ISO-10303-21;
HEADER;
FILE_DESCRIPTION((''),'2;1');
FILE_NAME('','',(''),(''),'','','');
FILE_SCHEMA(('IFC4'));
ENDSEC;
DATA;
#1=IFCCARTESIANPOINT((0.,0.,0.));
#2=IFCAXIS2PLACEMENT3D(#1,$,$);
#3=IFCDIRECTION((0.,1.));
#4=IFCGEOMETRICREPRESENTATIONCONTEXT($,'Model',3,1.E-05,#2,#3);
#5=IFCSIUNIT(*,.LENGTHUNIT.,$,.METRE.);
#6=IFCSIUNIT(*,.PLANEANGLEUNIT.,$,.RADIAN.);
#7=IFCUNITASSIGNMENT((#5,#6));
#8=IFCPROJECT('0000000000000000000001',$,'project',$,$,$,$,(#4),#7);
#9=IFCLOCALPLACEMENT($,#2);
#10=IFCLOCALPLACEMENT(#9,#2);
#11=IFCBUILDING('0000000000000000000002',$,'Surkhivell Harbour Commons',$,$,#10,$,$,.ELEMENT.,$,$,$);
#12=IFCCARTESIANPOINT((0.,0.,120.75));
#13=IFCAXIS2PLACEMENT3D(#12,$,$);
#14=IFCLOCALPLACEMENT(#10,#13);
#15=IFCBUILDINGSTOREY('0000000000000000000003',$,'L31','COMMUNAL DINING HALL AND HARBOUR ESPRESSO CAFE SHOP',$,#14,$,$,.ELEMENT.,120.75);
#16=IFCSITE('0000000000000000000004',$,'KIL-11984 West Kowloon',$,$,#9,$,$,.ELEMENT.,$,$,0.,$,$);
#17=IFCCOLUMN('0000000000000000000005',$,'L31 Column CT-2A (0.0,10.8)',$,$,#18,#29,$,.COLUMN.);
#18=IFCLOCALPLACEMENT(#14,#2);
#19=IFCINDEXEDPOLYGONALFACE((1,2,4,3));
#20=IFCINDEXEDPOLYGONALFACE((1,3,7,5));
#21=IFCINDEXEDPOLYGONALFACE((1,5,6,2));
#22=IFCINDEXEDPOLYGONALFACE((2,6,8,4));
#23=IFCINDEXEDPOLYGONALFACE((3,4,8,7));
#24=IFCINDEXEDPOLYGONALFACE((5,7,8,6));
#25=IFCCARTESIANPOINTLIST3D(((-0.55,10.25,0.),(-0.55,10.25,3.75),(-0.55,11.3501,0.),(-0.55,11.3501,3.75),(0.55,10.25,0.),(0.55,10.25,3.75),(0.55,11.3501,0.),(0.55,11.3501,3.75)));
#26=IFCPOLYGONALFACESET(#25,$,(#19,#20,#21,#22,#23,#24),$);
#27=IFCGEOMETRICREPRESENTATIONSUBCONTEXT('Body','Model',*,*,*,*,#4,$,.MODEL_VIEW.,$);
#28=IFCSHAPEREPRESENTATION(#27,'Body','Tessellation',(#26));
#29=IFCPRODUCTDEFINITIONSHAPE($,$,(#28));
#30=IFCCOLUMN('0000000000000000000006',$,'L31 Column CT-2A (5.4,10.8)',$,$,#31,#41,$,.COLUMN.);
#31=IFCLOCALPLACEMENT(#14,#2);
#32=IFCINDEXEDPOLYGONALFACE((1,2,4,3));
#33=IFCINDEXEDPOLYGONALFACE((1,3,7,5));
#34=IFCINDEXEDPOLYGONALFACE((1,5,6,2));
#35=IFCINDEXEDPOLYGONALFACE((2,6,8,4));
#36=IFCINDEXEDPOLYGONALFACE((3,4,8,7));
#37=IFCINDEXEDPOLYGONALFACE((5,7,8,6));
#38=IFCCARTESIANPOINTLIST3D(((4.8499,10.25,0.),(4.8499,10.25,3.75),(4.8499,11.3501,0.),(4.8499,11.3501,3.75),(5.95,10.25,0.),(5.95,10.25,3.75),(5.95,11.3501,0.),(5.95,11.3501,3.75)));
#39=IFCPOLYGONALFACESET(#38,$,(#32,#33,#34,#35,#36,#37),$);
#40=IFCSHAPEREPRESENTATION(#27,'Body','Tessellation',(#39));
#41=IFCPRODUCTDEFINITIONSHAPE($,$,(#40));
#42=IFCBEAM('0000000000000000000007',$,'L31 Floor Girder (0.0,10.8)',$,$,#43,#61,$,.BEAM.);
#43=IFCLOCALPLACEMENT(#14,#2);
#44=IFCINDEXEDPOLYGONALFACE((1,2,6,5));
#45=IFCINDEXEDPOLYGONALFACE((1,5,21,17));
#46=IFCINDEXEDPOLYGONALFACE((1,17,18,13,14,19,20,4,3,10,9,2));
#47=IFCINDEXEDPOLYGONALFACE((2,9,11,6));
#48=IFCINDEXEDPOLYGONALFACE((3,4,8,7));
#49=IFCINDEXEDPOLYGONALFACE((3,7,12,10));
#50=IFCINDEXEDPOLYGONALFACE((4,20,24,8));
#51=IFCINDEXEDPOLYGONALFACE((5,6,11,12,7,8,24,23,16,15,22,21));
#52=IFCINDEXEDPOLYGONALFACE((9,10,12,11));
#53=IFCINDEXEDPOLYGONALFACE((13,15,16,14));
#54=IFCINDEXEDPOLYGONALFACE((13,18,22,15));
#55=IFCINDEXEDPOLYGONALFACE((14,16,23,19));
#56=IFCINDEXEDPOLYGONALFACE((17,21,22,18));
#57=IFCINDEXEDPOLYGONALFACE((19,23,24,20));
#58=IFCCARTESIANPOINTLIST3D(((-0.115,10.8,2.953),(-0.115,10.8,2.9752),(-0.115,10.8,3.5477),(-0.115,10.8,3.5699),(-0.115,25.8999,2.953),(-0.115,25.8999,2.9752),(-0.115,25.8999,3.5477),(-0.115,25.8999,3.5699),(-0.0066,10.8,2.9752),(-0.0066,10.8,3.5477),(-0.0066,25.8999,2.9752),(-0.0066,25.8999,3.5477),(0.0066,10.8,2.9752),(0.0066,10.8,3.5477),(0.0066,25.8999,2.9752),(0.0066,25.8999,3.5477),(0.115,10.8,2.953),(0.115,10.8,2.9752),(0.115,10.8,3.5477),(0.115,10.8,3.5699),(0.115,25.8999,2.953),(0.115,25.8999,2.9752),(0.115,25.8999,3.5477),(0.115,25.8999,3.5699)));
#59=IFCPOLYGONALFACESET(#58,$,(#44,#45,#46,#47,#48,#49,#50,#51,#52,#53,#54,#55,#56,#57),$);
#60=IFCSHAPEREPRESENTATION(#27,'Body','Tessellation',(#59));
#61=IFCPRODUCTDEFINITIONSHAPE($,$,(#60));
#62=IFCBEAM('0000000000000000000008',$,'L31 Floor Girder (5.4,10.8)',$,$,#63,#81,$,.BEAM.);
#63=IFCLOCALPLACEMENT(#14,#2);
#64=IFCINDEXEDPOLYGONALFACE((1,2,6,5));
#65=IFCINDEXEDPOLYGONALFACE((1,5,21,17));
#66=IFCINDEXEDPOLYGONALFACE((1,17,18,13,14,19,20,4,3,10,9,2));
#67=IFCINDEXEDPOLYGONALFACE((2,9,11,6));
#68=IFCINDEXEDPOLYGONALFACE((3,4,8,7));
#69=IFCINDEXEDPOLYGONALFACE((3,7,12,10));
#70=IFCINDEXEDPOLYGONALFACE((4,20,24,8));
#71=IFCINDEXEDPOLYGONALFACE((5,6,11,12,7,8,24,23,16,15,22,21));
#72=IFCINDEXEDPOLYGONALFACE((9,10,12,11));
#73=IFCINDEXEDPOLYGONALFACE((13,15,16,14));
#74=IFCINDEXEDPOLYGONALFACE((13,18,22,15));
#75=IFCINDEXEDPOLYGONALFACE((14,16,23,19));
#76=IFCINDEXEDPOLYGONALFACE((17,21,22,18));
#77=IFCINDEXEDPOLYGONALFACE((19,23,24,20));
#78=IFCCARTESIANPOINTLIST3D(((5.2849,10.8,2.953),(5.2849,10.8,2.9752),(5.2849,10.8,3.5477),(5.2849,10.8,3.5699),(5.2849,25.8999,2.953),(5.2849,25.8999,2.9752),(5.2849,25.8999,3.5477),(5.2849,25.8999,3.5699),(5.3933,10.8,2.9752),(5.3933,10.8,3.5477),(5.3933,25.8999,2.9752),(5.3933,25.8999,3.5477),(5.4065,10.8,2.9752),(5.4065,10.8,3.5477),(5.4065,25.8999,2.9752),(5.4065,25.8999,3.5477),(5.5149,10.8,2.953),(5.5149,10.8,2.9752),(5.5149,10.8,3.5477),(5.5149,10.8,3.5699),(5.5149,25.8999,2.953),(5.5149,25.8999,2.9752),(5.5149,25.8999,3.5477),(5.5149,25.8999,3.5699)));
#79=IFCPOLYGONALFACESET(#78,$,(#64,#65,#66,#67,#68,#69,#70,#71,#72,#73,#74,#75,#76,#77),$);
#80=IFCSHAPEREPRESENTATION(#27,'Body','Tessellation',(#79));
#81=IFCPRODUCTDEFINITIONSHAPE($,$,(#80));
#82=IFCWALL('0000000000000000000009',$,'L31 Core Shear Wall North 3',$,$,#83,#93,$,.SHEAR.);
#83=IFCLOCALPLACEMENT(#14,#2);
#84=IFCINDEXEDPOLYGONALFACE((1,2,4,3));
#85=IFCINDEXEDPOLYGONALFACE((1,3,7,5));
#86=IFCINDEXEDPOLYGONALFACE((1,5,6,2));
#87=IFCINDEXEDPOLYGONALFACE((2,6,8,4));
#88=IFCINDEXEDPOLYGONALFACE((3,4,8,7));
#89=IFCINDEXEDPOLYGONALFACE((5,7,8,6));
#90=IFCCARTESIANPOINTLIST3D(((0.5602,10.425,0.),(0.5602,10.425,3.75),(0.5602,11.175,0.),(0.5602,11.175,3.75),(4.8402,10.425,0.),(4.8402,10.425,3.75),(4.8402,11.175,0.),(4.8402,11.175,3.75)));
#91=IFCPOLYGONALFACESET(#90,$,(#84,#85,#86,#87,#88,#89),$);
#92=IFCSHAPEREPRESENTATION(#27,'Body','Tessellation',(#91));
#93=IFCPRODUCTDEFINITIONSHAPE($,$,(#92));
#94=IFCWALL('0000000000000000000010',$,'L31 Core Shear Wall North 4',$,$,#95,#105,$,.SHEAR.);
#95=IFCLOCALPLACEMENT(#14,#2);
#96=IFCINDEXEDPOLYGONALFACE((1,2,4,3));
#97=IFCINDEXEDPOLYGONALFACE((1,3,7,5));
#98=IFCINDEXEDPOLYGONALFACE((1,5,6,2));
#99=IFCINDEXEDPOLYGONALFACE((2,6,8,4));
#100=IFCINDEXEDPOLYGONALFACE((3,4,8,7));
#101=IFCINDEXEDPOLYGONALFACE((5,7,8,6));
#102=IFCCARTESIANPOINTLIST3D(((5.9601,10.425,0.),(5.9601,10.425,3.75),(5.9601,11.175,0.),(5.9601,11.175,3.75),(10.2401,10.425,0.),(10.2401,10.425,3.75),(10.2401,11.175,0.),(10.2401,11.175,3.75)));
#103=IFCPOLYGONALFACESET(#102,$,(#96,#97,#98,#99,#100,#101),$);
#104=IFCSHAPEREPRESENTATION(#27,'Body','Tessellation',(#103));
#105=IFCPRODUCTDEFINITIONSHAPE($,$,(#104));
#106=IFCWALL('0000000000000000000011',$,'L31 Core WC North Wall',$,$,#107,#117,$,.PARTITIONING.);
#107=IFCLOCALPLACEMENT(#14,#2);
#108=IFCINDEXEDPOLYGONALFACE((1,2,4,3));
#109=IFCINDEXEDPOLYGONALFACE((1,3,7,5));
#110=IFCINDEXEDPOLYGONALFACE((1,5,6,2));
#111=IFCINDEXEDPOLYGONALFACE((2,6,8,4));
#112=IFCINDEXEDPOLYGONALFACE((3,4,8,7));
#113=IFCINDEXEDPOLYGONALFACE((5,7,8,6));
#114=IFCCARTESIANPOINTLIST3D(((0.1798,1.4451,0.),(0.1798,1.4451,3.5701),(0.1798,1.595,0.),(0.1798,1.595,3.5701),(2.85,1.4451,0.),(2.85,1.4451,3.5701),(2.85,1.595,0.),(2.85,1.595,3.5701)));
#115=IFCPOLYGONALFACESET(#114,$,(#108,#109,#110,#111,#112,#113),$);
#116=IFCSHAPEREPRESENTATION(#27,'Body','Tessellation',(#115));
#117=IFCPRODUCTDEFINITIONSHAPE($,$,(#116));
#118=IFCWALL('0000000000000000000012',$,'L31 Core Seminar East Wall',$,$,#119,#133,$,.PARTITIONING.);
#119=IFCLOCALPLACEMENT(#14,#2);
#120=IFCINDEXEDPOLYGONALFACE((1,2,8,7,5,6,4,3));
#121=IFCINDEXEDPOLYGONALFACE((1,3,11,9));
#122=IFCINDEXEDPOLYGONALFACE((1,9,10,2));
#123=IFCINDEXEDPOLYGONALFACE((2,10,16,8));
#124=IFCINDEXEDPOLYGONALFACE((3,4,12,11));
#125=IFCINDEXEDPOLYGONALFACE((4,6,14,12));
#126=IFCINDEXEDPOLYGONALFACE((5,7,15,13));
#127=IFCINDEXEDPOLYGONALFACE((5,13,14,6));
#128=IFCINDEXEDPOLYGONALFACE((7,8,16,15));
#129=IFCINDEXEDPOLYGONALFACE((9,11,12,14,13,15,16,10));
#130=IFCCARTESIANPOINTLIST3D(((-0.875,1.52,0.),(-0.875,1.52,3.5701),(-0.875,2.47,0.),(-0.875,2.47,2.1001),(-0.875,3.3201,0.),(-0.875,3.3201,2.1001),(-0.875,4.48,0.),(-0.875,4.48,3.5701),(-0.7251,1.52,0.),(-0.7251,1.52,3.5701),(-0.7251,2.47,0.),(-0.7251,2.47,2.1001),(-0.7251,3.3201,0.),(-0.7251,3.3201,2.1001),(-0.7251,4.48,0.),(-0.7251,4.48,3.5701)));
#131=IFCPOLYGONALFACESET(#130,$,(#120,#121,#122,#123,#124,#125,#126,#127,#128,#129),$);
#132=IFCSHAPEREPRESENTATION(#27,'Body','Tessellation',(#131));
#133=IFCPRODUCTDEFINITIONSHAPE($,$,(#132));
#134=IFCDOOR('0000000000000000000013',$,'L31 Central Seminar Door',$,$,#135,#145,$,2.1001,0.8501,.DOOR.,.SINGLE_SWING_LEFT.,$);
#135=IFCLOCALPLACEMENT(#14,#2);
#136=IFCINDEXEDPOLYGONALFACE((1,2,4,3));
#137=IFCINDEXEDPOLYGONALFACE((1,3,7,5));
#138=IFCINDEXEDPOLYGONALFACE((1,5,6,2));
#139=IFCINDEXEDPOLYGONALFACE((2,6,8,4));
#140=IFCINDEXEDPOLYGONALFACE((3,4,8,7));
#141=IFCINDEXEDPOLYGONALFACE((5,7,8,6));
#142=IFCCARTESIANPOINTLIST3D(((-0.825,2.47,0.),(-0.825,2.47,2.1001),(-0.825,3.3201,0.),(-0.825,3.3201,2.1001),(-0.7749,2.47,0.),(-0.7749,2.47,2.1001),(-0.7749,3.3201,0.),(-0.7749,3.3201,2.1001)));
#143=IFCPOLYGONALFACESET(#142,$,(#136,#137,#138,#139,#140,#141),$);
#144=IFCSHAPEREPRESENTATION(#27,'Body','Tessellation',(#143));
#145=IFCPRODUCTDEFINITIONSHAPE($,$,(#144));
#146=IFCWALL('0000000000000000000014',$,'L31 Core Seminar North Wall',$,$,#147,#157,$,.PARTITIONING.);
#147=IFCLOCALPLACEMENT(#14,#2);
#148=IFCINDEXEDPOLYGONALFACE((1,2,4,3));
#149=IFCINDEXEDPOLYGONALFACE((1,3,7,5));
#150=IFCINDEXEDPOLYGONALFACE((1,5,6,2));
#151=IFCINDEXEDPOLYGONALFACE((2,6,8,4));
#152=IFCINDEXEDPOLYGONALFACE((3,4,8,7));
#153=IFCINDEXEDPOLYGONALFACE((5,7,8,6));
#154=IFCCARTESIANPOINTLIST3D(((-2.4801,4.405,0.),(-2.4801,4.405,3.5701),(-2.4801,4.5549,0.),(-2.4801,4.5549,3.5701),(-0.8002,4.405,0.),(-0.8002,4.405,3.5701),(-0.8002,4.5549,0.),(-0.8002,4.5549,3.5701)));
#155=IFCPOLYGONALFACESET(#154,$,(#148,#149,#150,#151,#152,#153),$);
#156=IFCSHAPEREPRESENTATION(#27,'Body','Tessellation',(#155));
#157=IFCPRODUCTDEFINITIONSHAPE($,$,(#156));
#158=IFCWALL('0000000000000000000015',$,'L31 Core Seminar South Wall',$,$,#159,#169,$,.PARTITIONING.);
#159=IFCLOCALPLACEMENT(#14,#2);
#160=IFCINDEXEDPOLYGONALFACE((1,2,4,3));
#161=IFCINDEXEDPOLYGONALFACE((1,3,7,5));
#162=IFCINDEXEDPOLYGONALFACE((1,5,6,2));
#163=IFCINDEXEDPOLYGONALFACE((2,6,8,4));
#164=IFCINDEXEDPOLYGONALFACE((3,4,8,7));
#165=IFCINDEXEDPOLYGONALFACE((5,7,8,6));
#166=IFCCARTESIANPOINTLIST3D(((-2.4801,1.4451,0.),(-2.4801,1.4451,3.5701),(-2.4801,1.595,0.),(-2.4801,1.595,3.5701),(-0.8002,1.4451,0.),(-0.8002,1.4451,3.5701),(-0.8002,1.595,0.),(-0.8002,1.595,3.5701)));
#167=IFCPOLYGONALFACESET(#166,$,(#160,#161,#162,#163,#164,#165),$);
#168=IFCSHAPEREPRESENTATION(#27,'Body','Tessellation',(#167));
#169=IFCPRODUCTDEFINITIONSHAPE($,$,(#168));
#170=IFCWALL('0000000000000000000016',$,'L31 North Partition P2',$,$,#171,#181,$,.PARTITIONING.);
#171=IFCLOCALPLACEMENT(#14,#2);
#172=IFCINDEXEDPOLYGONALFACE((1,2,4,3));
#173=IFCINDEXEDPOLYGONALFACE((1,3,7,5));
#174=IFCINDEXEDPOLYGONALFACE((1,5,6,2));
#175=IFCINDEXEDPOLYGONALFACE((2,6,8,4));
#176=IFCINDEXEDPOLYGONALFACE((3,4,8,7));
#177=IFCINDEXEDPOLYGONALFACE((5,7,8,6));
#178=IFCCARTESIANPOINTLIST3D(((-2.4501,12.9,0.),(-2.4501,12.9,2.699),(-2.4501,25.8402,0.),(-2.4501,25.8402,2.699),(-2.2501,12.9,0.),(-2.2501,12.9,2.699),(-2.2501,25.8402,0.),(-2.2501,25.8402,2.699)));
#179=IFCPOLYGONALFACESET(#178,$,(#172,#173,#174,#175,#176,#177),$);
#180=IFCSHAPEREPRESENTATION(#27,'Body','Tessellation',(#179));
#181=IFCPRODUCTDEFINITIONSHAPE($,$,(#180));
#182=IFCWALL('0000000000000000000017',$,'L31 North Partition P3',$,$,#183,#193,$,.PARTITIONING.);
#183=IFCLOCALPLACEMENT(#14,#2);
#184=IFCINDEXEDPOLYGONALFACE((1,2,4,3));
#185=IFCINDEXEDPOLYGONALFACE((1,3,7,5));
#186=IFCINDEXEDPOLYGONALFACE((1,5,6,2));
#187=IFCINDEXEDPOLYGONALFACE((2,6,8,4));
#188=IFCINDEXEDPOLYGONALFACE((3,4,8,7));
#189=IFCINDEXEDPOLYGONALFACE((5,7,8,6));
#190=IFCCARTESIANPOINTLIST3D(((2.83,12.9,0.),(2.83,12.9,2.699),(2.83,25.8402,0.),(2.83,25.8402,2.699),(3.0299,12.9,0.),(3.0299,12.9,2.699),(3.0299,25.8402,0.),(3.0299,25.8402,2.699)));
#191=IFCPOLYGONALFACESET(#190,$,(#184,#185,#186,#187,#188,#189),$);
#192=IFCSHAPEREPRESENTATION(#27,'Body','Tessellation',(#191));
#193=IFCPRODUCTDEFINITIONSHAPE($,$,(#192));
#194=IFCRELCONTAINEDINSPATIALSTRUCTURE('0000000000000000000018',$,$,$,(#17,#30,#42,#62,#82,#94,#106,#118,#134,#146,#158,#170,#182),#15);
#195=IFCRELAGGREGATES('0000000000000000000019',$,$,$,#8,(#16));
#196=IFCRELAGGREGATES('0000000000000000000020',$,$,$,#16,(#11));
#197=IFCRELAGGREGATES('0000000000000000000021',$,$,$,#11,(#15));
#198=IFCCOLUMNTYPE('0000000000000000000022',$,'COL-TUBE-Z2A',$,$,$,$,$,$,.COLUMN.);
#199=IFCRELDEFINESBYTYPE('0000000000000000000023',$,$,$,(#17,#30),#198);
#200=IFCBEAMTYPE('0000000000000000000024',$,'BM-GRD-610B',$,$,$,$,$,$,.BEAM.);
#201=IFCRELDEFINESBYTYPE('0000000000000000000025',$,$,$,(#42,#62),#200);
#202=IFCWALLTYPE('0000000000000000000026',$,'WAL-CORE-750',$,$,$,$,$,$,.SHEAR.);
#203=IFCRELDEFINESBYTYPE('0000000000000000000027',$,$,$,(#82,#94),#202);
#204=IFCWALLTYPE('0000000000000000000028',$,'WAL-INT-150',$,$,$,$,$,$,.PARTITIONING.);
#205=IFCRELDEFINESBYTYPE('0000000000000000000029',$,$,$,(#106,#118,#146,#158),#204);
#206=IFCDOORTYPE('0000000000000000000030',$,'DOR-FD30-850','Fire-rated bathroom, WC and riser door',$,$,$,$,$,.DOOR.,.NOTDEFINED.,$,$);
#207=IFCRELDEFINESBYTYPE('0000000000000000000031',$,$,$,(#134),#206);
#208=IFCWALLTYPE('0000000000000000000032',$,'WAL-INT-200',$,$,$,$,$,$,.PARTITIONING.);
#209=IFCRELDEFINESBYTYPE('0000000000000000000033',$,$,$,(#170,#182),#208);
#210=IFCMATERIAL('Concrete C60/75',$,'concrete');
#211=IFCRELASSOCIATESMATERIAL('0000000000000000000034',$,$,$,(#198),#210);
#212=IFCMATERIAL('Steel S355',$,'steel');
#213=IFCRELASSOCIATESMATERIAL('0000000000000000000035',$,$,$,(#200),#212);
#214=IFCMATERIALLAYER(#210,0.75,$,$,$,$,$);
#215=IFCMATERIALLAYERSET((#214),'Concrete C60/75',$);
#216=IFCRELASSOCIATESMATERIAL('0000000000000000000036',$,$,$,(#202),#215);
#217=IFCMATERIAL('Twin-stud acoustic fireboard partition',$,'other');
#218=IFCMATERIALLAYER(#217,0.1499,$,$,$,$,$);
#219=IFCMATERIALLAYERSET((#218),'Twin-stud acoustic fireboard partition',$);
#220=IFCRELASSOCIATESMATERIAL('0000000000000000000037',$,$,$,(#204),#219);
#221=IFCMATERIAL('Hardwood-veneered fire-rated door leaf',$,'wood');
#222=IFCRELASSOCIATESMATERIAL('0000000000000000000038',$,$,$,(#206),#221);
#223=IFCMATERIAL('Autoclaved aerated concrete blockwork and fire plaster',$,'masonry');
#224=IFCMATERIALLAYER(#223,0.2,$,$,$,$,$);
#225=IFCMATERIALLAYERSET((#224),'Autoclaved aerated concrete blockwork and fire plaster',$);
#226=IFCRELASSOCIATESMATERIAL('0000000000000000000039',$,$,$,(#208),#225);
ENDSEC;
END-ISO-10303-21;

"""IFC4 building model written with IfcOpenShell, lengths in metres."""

from ifc_helpers import new_model, si_unit, direction, frame, frame_2d, origin, origin_2d, place, context, subcontext, project, spatial, rectangle, i_section, extrude, material, layer, layer_set, material_profile, profile_set, type_object, element, fill, save


model = new_model("IFC4")

# Units and contexts
model_context = context("Model", 3, precision=1e-05, world=origin(), true_north=direction((0.0, 1.0)))
body_context = subcontext(model_context, "Body", "Model", "MODEL_VIEW")
ifc_project = project(units=[si_unit("LENGTHUNIT", "METRE"), si_unit("PLANEANGLEUNIT", "RADIAN")], contexts=[model_context])

# Site, building, storey
site_placement = place(None, origin())
site = spatial("IfcSite", under=ifc_project, at=site_placement, Name="KIL-11984 West Kowloon", CompositionType="ELEMENT", RefElevation=0.0)
building_placement = place(site_placement, origin())
building = spatial("IfcBuilding", under=site, at=building_placement, Name="Surkhivell Harbour Commons", CompositionType="ELEMENT")
storey_placement = place(building_placement, frame((0.0, 0.0, 120.75)))
storey = spatial("IfcBuildingStorey", under=building, at=storey_placement, Name="L31", Description="COMMUNAL DINING HALL AND HARBOUR ESPRESSO CAFE SHOP", CompositionType="ELEMENT", Elevation=120.75)

# Columns
ifc_material_1 = material(Name="Concrete C60/75", Category="concrete")
ifc_material_profile_1 = material_profile(ifc_material_1, rectangle(XDim=1.1001, YDim=1.1001, at=origin_2d()), Name="RC-COL-1100x1100")
ifc_profile_set_1 = profile_set([ifc_material_profile_1], Name="Concrete C60/75")
column_type = type_object("IfcColumnType", Name="COL-TUBE-Z2A", PredefinedType="COLUMN", material=ifc_profile_set_1)
for number, where, z_axis, x_axis, name in (
    (1, (0.0, 10.8, 0.0), (0.0, 0.0, 1.0), (1.0, 0.0, 0.0), "L31 Column CT-2A (0.0,10.8)"),
    (2, (5.3999, 10.8, 0.0), (0.0, 0.0, 1.0), (1.0, 0.0, 0.0), "L31 Column CT-2A (5.4,10.8)"),
):
    element("IfcColumn", number, at=place(storey_placement, frame(where, z_axis=z_axis, x_axis=x_axis)), inside=storey, type_object=column_type, Name=name, PredefinedType="COLUMN", context=body_context, shape_type="SweptSolid", body=[
        extrude(rectangle(XDim=1.1001, YDim=1.1001, at=origin_2d()), origin(), (0.0, 0.0, 1.0), 3.75),
    ])

# Beams
ifc_material_2 = material(Name="Steel S355", Category="steel")
ifc_material_profile_2 = material_profile(ifc_material_2, i_section(OverallWidth=0.23, OverallDepth=0.6169, WebThickness=0.0132, FlangeThickness=0.0222, at=origin_2d()), Name="UB610x229x140")
ifc_profile_set_2 = profile_set([ifc_material_profile_2], Name="Steel S355")
beam_type = type_object("IfcBeamType", Name="BM-GRD-610B", PredefinedType="BEAM", material=ifc_profile_set_2)
for number, where, z_axis, x_axis, name in (
    (3, (0.0, 10.8, 3.2615), (0.0, 1.0, 0.0), (-1.0, 0.0, 0.0), "L31 Floor Girder (0.0,10.8)"),
    (4, (5.3999, 10.8, 3.2615), (0.0, 1.0, 0.0), (-1.0, 0.0, 0.0), "L31 Floor Girder (5.4,10.8)"),
):
    element("IfcBeam", number, at=place(storey_placement, frame(where, z_axis=z_axis, x_axis=x_axis)), inside=storey, type_object=beam_type, Name=name, PredefinedType="BEAM", context=body_context, shape_type="SweptSolid", body=[
        extrude(i_section(OverallWidth=0.23, OverallDepth=0.6169, WebThickness=0.0132, FlangeThickness=0.0222, at=origin_2d()), origin(), (0.0, 0.0, 1.0), 15.0999),
    ])

# Walls
ifc_layer_1 = layer(ifc_material_1, 0.75)
ifc_layer_set_1 = layer_set([ifc_layer_1], Name="Concrete C60/75")
wall_type_1 = type_object("IfcWallType", Name="WAL-CORE-750", PredefinedType="SHEAR", material=ifc_layer_set_1)
for number, where, z_axis, x_axis, name in (
    (5, (0.5601, 10.8, 0.0), (0.0, 0.0, 1.0), (1.0, 0.0, 0.0), "L31 Core Shear Wall North 3"),
    (6, (5.96, 10.8, 0.0), (0.0, 0.0, 1.0), (1.0, 0.0, 0.0), "L31 Core Shear Wall North 4"),
):
    element("IfcWall", number, at=place(storey_placement, frame(where, z_axis=z_axis, x_axis=x_axis)), inside=storey, type_object=wall_type_1, Name=name, PredefinedType="SHEAR", context=body_context, shape_type="SweptSolid", body=[
        extrude(rectangle(XDim=4.28, YDim=0.75, at=frame_2d((2.1401, 0.0))), origin(), (0.0, 0.0, 1.0), 3.75),
    ])
ifc_material_3 = material(Name="Twin-stud acoustic fireboard partition", Category="other")
ifc_layer_2 = layer(ifc_material_3, 0.1499)
ifc_layer_set_2 = layer_set([ifc_layer_2], Name="Twin-stud acoustic fireboard partition")
wall_type_2 = type_object("IfcWallType", Name="WAL-INT-150", PredefinedType="PARTITIONING", material=ifc_layer_set_2)
wall_1_placement = place(storey_placement, frame((0.1799, 1.52, 0.0), z_axis=(0.0, 0.0, 1.0), x_axis=(1.0, 0.0, 0.0)))
element("IfcWall", 7, at=wall_1_placement, inside=storey, type_object=wall_type_2, Name="L31 Core WC North Wall", PredefinedType="PARTITIONING", context=body_context, shape_type="SweptSolid", body=[
    extrude(rectangle(XDim=2.6702, YDim=0.1499, at=frame_2d((1.335, 0.0))), origin(), (0.0, 0.0, 1.0), 3.5701),
])

# Wall, opening, door
wall_2_placement = place(storey_placement, frame((-0.8, 1.52, 0.0), z_axis=(0.0, 0.0, 1.0), x_axis=(0.0, 1.0, 0.0)))
wall_2 = element("IfcWall", 8, at=wall_2_placement, inside=storey, type_object=wall_type_2, Name="L31 Core Seminar East Wall", PredefinedType="PARTITIONING", context=body_context, shape_type="SweptSolid", body=[
    extrude(rectangle(XDim=2.96, YDim=0.1499, at=frame_2d((1.48, 0.0))), origin(), (0.0, 0.0, 1.0), 3.5701),
])
opening_1_placement = place(wall_2_placement, frame((0.95, 0.0, 0.0)))
opening_1 = element("IfcOpeningElement", 9, at=opening_1_placement, cuts=wall_2, PredefinedType="OPENING", context=body_context, shape_type="SweptSolid", body=[
    extrude(rectangle(XDim=0.8501, YDim=2.1001, at=frame_2d((0.425, 1.05))), frame((0.0, 0.085, 0.0), z_axis=(0.0, -1.0, 0.0), x_axis=(1.0, 0.0, 0.0)), (0.0, 0.0, 1.0), 0.1699),
])
ifc_material_4 = material(Name="Hardwood-veneered fire-rated door leaf", Category="wood")
door_type_1 = type_object("IfcDoorType", Name="DOR-FD30-850", Description="Fire-rated bathroom, WC and riser door", OperationType="NOTDEFINED", PredefinedType="DOOR", material=ifc_material_4)
door_1_placement = place(opening_1_placement, origin())
door_1 = element("IfcDoor", 10, at=door_1_placement, inside=storey, type_object=door_type_1, Name="L31 Central Seminar Door", OperationType="SINGLE_SWING_LEFT", OverallHeight=2.1001, OverallWidth=0.8501, PredefinedType="DOOR", context=body_context, shape_type="SweptSolid", body=[
    extrude(rectangle(XDim=0.8501, YDim=2.1001, at=frame_2d((0.425, 1.05))), frame((0.0, 0.0249, 0.0), z_axis=(0.0, -1.0, 0.0), x_axis=(1.0, 0.0, 0.0)), (0.0, 0.0, 1.0), 0.05),
])
fill(opening_1, door_1)

# Walls
for number, where, z_axis, x_axis, name in (
    (11, (-2.48, 4.48, 0.0), (0.0, 0.0, 1.0), (1.0, 0.0, 0.0), "L31 Core Seminar North Wall"),
    (12, (-2.48, 1.52, 0.0), (0.0, 0.0, 1.0), (1.0, 0.0, 0.0), "L31 Core Seminar South Wall"),
):
    element("IfcWall", number, at=place(storey_placement, frame(where, z_axis=z_axis, x_axis=x_axis)), inside=storey, type_object=wall_type_2, Name=name, PredefinedType="PARTITIONING", context=body_context, shape_type="SweptSolid", body=[
        extrude(rectangle(XDim=1.6799, YDim=0.1499, at=frame_2d((0.8398, 0.0))), origin(), (0.0, 0.0, 1.0), 3.5701),
    ])
ifc_material_5 = material(Name="Autoclaved aerated concrete blockwork and fire plaster", Category="masonry")
ifc_layer_3 = layer(ifc_material_5, 0.2)
ifc_layer_set_3 = layer_set([ifc_layer_3], Name="Autoclaved aerated concrete blockwork and fire plaster")
wall_type_3 = type_object("IfcWallType", Name="WAL-INT-200", PredefinedType="PARTITIONING", material=ifc_layer_set_3)
for number, where, z_axis, x_axis, name in (
    (13, (-2.3501, 12.8999, 0.0), (0.0, 0.0, 1.0), (0.0, 1.0, 0.0), "L31 North Partition P2"),
    (14, (2.9299, 12.8999, 0.0), (0.0, 0.0, 1.0), (0.0, 1.0, 0.0), "L31 North Partition P3"),
):
    element("IfcWall", number, at=place(storey_placement, frame(where, z_axis=z_axis, x_axis=x_axis)), inside=storey, type_object=wall_type_3, Name=name, PredefinedType="PARTITIONING", context=body_context, shape_type="SweptSolid", body=[
        extrude(rectangle(XDim=12.9402, YDim=0.2, at=frame_2d((6.4702, 0.0))), origin(), (0.0, 0.0, 1.0), 2.699),
    ])

save(model, "model.ifc")
